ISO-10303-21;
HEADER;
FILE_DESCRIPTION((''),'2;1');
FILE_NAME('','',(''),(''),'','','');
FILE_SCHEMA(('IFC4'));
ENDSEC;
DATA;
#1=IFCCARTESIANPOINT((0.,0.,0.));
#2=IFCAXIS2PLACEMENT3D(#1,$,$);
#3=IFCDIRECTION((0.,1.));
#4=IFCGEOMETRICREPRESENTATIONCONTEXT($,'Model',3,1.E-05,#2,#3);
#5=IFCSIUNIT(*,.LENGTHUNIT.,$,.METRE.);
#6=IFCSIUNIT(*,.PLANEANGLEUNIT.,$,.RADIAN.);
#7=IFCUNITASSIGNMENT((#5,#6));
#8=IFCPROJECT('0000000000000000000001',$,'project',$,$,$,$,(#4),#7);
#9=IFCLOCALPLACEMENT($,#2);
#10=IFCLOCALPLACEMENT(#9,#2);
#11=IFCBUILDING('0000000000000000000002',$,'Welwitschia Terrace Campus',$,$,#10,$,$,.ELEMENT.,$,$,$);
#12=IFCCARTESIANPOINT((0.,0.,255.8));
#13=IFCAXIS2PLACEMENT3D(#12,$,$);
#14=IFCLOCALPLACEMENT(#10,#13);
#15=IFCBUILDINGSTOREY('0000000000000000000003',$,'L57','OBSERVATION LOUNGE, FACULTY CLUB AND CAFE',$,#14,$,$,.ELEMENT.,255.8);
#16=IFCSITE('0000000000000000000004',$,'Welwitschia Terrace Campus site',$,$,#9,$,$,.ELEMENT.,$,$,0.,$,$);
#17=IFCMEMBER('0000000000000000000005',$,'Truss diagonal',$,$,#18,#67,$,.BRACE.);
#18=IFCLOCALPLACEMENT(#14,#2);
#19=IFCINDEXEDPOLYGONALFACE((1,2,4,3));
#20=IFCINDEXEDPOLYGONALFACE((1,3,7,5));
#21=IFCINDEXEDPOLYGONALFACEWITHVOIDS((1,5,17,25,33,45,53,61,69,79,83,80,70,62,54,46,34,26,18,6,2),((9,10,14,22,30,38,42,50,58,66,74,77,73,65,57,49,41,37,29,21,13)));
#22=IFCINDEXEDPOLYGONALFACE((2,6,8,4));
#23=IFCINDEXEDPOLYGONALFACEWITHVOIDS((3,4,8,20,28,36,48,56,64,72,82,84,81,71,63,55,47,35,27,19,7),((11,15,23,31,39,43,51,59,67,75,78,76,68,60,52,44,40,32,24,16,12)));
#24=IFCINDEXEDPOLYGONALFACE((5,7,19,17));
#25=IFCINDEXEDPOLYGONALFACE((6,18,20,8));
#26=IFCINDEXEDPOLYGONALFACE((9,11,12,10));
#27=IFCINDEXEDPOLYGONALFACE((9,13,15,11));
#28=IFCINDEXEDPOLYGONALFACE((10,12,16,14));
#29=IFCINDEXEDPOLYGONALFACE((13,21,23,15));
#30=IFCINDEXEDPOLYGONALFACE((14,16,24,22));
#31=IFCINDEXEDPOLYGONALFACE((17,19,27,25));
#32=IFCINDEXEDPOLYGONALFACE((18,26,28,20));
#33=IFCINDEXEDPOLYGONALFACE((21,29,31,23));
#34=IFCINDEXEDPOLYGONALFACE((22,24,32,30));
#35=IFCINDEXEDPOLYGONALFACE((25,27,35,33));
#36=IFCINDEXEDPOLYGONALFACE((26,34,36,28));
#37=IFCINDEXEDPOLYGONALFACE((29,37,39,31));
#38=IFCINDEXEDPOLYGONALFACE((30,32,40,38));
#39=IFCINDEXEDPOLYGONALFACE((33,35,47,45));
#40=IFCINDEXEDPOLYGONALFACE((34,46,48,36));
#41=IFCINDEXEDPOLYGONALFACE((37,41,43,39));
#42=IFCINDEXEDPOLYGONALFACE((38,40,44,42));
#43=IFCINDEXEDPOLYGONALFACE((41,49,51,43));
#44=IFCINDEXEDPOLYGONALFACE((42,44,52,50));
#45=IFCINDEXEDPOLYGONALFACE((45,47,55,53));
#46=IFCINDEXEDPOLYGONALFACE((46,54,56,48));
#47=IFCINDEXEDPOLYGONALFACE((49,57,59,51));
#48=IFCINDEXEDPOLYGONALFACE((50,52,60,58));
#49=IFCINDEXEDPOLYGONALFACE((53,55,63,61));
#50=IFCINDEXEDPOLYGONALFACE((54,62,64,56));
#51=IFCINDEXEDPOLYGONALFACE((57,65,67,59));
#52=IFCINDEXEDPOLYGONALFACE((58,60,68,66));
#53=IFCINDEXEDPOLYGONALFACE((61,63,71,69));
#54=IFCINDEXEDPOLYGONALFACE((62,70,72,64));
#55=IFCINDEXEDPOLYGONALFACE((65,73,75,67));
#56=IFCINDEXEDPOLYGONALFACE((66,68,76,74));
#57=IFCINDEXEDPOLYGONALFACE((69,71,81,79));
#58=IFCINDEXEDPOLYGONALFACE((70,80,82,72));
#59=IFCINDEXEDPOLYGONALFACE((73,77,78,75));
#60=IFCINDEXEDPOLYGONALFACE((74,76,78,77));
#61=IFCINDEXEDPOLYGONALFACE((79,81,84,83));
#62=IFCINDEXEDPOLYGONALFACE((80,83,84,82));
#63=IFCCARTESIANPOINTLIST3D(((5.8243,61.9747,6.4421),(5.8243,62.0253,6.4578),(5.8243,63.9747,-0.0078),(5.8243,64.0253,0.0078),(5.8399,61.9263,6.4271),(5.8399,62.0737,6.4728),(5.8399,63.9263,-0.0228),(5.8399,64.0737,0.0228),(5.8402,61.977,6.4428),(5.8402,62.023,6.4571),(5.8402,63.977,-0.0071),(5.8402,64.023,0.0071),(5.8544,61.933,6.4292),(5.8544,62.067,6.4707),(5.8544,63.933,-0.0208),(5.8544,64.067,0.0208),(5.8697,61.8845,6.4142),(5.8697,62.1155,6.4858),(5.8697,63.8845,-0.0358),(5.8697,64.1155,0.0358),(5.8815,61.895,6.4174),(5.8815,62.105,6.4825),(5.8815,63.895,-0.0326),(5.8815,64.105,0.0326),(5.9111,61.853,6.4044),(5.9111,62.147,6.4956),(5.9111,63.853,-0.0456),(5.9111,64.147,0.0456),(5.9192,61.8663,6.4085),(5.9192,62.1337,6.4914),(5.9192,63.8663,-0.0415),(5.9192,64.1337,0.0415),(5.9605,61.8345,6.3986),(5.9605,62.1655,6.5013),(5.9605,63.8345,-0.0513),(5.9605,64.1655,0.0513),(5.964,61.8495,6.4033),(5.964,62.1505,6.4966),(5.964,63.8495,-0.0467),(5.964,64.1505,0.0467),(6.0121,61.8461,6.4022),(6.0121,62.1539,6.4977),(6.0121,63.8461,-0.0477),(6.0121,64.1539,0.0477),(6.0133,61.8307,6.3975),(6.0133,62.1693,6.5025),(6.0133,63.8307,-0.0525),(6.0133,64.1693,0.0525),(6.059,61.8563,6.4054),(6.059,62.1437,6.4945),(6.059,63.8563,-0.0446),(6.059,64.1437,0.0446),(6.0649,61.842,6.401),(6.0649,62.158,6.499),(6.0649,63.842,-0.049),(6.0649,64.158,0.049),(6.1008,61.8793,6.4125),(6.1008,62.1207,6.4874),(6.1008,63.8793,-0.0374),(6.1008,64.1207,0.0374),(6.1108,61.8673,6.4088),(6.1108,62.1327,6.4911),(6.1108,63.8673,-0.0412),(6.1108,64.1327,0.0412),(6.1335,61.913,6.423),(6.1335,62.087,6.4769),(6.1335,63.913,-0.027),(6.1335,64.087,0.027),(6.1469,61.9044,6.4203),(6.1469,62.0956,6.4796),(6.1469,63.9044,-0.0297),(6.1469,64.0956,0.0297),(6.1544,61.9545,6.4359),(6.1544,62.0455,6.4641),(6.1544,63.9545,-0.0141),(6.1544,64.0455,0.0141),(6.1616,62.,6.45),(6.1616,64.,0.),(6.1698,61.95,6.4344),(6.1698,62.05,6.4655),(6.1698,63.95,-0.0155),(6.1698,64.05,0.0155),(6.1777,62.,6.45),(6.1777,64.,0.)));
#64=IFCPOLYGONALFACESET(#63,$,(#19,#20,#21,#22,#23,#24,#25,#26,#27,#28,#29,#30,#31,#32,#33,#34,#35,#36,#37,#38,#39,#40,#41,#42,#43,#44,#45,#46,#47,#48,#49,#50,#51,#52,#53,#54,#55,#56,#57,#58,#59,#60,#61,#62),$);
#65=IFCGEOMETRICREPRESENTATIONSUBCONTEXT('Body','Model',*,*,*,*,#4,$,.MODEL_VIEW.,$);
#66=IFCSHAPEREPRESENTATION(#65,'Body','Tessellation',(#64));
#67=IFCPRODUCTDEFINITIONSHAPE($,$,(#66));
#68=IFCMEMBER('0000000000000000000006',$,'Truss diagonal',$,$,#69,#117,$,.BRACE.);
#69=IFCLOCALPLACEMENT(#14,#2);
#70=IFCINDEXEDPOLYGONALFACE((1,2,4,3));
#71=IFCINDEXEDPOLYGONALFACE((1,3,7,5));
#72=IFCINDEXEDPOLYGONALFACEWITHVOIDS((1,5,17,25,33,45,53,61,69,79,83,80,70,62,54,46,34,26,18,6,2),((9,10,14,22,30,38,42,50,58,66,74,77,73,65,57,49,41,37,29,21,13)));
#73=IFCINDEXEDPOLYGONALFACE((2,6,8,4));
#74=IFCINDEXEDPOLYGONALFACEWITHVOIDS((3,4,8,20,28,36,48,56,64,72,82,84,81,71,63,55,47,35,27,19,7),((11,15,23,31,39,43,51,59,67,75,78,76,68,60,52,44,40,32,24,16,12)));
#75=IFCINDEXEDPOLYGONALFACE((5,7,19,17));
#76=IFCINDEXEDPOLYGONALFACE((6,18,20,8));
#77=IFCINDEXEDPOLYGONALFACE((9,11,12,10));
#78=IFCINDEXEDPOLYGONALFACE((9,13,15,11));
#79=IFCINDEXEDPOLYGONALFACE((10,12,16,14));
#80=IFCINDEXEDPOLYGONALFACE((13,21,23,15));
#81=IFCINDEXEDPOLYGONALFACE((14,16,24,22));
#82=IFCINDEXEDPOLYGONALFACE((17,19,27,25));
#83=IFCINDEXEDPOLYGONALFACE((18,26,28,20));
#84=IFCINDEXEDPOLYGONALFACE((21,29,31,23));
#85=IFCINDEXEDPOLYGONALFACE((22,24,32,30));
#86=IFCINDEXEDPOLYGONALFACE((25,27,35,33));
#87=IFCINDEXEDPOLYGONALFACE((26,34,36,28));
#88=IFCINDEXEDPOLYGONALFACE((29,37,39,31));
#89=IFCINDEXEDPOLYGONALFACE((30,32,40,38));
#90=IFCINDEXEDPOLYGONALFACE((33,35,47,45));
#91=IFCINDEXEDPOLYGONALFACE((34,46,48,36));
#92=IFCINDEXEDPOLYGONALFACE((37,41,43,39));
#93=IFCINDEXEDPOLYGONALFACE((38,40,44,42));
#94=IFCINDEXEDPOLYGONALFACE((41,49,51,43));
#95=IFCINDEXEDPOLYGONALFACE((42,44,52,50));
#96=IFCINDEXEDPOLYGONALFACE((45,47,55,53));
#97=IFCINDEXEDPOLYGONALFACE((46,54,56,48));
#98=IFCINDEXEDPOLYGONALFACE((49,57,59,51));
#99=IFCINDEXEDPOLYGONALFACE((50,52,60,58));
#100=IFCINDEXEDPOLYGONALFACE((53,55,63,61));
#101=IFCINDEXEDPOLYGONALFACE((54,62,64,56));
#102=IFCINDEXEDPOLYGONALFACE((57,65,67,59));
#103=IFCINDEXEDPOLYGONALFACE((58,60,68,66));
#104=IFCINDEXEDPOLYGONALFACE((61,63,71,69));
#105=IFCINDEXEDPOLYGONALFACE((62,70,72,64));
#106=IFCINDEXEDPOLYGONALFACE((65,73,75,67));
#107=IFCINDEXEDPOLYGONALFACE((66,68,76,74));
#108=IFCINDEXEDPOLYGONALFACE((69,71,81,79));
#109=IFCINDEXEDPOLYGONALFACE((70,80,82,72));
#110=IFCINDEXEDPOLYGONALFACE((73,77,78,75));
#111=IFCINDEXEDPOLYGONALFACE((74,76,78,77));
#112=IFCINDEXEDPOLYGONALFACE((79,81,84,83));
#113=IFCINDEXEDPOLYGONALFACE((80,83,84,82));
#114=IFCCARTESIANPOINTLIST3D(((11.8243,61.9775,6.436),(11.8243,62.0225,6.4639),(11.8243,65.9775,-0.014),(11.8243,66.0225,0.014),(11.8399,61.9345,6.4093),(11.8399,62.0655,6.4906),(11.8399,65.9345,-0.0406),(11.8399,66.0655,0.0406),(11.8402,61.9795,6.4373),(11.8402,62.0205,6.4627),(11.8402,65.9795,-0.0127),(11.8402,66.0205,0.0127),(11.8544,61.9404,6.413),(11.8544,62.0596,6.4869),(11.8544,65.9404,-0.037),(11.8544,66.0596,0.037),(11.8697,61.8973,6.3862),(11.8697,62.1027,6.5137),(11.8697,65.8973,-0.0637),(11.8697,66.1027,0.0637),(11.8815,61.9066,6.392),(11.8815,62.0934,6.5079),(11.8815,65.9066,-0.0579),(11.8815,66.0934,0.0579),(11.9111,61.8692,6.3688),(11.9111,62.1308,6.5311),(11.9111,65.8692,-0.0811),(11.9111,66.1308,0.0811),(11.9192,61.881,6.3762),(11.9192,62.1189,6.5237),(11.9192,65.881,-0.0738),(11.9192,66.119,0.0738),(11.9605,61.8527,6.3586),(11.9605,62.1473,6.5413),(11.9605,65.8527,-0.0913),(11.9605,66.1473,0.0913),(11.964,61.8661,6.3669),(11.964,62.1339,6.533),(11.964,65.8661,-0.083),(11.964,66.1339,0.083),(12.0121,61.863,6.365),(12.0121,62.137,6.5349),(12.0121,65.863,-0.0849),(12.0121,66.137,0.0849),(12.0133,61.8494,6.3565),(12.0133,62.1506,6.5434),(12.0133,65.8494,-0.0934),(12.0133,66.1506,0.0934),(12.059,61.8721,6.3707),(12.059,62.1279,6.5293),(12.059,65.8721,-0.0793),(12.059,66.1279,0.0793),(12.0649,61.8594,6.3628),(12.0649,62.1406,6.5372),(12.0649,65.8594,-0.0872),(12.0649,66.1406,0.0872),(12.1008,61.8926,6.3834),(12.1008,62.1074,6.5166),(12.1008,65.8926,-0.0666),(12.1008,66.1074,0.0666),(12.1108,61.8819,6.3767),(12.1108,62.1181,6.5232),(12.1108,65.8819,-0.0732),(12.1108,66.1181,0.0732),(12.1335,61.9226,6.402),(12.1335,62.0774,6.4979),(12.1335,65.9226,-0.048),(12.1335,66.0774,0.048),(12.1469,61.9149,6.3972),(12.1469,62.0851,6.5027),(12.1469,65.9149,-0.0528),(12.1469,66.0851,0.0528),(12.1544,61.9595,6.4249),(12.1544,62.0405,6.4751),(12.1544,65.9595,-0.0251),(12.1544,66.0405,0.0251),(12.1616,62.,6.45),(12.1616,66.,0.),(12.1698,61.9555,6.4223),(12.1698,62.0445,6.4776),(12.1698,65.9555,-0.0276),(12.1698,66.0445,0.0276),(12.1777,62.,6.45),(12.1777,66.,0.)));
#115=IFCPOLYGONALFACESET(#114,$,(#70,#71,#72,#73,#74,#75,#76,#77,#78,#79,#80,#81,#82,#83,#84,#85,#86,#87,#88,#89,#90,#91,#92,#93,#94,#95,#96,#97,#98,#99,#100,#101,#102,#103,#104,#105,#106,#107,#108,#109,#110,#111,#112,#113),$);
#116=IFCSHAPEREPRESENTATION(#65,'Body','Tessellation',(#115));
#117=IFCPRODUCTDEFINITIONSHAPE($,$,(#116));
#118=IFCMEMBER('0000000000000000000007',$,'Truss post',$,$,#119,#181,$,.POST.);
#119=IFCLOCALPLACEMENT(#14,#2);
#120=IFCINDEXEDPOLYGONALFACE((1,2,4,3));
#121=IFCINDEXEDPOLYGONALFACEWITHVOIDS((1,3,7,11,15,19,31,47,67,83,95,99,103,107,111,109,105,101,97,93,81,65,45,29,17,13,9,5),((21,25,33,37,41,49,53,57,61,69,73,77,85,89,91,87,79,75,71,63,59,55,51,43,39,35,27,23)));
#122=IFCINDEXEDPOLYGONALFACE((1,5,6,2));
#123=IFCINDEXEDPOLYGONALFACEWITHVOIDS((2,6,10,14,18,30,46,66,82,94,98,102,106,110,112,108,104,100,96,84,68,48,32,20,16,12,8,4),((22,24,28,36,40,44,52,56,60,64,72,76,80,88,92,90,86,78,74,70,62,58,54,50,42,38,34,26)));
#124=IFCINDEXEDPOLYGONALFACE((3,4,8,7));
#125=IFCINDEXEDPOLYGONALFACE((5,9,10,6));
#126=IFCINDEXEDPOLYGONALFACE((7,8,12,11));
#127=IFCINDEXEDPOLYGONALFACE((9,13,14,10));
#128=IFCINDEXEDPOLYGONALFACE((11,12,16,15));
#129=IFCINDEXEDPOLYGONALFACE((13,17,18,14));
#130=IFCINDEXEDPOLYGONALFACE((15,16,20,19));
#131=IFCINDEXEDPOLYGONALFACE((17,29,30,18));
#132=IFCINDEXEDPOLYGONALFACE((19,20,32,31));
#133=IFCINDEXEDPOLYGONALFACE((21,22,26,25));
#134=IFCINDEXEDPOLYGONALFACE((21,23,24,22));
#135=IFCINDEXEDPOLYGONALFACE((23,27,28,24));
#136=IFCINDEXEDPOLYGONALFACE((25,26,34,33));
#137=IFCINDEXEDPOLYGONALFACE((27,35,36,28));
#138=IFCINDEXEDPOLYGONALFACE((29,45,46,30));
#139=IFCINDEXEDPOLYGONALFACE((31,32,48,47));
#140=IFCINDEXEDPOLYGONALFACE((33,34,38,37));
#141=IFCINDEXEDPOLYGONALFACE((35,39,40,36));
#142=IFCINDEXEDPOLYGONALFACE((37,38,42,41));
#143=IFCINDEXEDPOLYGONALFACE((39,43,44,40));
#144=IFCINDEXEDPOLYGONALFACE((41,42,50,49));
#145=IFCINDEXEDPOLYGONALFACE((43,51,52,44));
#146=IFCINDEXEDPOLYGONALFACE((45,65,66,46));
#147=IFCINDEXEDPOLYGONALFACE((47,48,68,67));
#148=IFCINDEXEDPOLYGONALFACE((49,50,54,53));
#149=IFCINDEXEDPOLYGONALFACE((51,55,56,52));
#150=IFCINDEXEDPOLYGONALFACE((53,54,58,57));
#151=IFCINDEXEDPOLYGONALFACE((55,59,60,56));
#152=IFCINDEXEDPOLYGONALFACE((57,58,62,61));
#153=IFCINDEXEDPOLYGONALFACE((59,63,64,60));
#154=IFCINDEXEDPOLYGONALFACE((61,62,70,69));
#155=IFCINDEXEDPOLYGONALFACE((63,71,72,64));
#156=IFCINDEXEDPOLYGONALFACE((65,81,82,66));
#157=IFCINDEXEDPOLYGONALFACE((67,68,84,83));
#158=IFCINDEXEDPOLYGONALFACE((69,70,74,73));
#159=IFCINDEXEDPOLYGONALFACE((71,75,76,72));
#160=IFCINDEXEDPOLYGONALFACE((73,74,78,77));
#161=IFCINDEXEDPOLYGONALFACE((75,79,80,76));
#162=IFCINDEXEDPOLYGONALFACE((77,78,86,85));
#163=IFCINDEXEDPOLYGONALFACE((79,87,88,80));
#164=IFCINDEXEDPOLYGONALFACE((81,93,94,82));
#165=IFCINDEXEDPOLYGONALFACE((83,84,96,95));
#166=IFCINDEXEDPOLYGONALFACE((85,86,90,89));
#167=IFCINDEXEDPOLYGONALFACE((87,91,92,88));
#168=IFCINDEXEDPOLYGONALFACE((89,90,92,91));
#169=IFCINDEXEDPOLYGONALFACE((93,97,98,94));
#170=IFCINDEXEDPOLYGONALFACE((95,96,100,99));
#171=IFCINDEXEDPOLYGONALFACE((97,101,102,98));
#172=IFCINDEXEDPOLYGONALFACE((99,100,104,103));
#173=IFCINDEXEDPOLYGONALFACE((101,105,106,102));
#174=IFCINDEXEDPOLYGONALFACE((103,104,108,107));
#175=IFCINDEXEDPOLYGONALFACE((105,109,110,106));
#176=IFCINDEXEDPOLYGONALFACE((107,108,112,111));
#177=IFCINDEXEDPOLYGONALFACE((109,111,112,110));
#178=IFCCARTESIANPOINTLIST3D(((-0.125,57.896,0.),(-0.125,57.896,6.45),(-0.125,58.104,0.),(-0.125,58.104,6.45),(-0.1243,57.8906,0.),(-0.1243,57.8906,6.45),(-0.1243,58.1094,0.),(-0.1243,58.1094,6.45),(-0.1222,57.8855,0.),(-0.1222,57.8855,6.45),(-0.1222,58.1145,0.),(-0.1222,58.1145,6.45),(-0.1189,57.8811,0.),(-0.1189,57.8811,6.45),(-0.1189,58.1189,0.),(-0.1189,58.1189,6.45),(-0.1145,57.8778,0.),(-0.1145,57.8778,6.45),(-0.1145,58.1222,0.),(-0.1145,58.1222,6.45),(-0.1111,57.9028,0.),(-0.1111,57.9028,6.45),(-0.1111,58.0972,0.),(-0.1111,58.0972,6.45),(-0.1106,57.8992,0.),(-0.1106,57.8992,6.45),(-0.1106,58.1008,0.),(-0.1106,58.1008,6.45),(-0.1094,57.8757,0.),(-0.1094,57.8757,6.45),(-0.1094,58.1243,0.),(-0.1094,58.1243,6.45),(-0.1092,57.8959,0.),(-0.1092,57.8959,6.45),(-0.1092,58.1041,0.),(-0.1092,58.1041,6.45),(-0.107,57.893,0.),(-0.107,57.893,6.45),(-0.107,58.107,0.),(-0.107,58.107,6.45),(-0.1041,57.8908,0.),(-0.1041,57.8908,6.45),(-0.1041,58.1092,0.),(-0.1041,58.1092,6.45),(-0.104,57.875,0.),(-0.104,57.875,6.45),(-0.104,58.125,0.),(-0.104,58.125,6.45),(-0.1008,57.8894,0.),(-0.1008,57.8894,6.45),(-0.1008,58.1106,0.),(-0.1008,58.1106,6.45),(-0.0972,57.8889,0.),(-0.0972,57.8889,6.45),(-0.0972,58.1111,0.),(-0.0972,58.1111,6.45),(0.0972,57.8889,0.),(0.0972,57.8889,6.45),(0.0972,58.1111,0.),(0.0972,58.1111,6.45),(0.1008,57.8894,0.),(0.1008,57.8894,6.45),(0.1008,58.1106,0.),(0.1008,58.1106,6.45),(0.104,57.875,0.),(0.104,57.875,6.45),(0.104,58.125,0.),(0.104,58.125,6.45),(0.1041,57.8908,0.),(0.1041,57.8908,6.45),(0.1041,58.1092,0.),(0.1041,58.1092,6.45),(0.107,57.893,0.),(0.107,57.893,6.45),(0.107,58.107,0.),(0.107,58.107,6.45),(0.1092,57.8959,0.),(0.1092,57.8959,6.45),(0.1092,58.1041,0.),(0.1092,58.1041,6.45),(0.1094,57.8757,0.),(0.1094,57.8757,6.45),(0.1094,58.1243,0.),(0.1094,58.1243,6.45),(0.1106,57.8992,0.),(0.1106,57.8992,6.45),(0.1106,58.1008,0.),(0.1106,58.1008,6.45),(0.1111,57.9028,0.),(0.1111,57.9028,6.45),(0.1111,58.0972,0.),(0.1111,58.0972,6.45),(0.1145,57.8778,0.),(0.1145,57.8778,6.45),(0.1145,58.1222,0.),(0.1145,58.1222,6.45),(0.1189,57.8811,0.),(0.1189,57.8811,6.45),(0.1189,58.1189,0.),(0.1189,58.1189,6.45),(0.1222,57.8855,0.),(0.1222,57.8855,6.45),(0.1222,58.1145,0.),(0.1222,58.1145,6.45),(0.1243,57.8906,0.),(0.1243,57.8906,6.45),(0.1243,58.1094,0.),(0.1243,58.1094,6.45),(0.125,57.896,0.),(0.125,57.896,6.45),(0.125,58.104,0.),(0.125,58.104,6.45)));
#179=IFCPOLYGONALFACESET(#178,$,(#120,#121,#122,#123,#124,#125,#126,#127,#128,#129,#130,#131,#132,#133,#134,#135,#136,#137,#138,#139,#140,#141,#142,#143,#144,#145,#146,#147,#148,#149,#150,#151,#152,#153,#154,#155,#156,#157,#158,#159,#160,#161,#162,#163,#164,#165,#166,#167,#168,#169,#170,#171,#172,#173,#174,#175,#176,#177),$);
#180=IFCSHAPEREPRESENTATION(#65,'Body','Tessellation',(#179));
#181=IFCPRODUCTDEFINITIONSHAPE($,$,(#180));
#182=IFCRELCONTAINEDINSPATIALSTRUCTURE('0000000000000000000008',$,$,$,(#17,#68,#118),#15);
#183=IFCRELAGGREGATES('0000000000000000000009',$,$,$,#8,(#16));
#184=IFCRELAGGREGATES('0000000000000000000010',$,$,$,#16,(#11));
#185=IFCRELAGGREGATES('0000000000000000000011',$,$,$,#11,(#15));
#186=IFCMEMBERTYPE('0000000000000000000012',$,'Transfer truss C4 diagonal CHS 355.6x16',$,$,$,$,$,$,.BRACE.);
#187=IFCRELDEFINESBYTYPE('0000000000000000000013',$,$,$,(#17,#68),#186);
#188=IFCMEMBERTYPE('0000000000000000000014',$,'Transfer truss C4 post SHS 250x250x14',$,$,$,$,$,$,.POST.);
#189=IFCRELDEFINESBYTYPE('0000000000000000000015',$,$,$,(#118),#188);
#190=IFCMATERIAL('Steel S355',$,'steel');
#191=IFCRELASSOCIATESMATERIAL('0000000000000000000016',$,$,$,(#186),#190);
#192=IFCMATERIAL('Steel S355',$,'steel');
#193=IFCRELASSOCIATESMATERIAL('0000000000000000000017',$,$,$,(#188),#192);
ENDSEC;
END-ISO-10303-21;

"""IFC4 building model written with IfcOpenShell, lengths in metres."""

from ifc_helpers import new_model, si_unit, direction, frame, origin, origin_2d, place, context, subcontext, project, spatial, hollow_rectangle, hollow_circle, extrude, material, material_profile, profile_set, type_object, element, save


model = new_model("IFC4")

# Units and contexts
model_context = context("Model", 3, precision=1e-05, world=origin(), true_north=direction((0.0, 1.0)))
body_context = subcontext(model_context, "Body", "Model", "MODEL_VIEW")
ifc_project = project(units=[si_unit("LENGTHUNIT", "METRE"), si_unit("PLANEANGLEUNIT", "RADIAN")], contexts=[model_context])

# Site, building, storey
site_placement = place(None, origin())
site = spatial("IfcSite", under=ifc_project, at=site_placement, Name="Welwitschia Terrace Campus site", CompositionType="ELEMENT", RefElevation=0.0)
building_placement = place(site_placement, origin())
building = spatial("IfcBuilding", under=site, at=building_placement, Name="Welwitschia Terrace Campus", CompositionType="ELEMENT")
storey_placement = place(building_placement, frame((0.0, 0.0, 255.8)))
storey = spatial("IfcBuildingStorey", under=building, at=storey_placement, Name="L57", Description="OBSERVATION LOUNGE, FACULTY CLUB AND CAFE", CompositionType="ELEMENT", Elevation=255.8)

# Members
ifc_material_1 = material(Name="Steel S355", Category="steel")
ifc_material_profile_1 = material_profile(ifc_material_1, hollow_circle(Radius=0.1777, WallThickness=0.0161, at=origin_2d()))
ifc_profile_set_1 = profile_set([ifc_material_profile_1], Name="Steel S355")
member_type_1 = type_object("IfcMemberType", Name="Transfer truss C4 diagonal CHS 355.6x16", PredefinedType="BRACE", material=ifc_profile_set_1)
member_1_placement = place(storey_placement, frame((6.0, 64.0, 0.0), z_axis=(0.0, -0.296168, 0.955136), x_axis=(1.0, 0.0, 0.0)))
element("IfcMember", 1, at=member_1_placement, inside=storey, type_object=member_type_1, Name="Truss diagonal", PredefinedType="BRACE", context=body_context, shape_type="SweptSolid", body=[
    extrude(hollow_circle(Radius=0.1777, WallThickness=0.0161, at=origin_2d()), origin(), (0.0, 0.0, 1.0), 6.7529),
])
member_2_placement = place(storey_placement, frame((12.0, 66.0, 0.0), z_axis=(0.0, -0.527038, 0.849842), x_axis=(1.0, 0.0, 0.0)))
element("IfcMember", 2, at=member_2_placement, inside=storey, type_object=member_type_1, Name="Truss diagonal", PredefinedType="BRACE", context=body_context, shape_type="SweptSolid", body=[
    extrude(hollow_circle(Radius=0.1777, WallThickness=0.0161, at=origin_2d()), origin(), (0.0, 0.0, 1.0), 7.5896),
])
ifc_material_2 = material(Name="Steel S355", Category="steel")
ifc_material_profile_2 = material_profile(ifc_material_2, hollow_rectangle(XDim=0.25, YDim=0.25, WallThickness=0.0139, InnerFilletRadius=0.0139, OuterFilletRadius=0.021, at=origin_2d()))
ifc_profile_set_2 = profile_set([ifc_material_profile_2], Name="Steel S355")
member_type_2 = type_object("IfcMemberType", Name="Transfer truss C4 post SHS 250x250x14", PredefinedType="POST", material=ifc_profile_set_2)
for number, where, z_axis, x_axis, name in (
    (3, (0.0, 58.0, 0.0), (0.0, 0.0, 1.0), (1.0, 0.0, 0.0), "Truss post"),
):
    element("IfcMember", number, at=place(storey_placement, frame(where, z_axis=z_axis, x_axis=x_axis)), inside=storey, type_object=member_type_2, Name=name, PredefinedType="POST", context=body_context, shape_type="SweptSolid", body=[
        extrude(hollow_rectangle(XDim=0.25, YDim=0.25, WallThickness=0.0139, InnerFilletRadius=0.0139, OuterFilletRadius=0.021, at=origin_2d()), origin(), (0.0, 0.0, 1.0), 6.45),
    ])

save(model, "model.ifc")
